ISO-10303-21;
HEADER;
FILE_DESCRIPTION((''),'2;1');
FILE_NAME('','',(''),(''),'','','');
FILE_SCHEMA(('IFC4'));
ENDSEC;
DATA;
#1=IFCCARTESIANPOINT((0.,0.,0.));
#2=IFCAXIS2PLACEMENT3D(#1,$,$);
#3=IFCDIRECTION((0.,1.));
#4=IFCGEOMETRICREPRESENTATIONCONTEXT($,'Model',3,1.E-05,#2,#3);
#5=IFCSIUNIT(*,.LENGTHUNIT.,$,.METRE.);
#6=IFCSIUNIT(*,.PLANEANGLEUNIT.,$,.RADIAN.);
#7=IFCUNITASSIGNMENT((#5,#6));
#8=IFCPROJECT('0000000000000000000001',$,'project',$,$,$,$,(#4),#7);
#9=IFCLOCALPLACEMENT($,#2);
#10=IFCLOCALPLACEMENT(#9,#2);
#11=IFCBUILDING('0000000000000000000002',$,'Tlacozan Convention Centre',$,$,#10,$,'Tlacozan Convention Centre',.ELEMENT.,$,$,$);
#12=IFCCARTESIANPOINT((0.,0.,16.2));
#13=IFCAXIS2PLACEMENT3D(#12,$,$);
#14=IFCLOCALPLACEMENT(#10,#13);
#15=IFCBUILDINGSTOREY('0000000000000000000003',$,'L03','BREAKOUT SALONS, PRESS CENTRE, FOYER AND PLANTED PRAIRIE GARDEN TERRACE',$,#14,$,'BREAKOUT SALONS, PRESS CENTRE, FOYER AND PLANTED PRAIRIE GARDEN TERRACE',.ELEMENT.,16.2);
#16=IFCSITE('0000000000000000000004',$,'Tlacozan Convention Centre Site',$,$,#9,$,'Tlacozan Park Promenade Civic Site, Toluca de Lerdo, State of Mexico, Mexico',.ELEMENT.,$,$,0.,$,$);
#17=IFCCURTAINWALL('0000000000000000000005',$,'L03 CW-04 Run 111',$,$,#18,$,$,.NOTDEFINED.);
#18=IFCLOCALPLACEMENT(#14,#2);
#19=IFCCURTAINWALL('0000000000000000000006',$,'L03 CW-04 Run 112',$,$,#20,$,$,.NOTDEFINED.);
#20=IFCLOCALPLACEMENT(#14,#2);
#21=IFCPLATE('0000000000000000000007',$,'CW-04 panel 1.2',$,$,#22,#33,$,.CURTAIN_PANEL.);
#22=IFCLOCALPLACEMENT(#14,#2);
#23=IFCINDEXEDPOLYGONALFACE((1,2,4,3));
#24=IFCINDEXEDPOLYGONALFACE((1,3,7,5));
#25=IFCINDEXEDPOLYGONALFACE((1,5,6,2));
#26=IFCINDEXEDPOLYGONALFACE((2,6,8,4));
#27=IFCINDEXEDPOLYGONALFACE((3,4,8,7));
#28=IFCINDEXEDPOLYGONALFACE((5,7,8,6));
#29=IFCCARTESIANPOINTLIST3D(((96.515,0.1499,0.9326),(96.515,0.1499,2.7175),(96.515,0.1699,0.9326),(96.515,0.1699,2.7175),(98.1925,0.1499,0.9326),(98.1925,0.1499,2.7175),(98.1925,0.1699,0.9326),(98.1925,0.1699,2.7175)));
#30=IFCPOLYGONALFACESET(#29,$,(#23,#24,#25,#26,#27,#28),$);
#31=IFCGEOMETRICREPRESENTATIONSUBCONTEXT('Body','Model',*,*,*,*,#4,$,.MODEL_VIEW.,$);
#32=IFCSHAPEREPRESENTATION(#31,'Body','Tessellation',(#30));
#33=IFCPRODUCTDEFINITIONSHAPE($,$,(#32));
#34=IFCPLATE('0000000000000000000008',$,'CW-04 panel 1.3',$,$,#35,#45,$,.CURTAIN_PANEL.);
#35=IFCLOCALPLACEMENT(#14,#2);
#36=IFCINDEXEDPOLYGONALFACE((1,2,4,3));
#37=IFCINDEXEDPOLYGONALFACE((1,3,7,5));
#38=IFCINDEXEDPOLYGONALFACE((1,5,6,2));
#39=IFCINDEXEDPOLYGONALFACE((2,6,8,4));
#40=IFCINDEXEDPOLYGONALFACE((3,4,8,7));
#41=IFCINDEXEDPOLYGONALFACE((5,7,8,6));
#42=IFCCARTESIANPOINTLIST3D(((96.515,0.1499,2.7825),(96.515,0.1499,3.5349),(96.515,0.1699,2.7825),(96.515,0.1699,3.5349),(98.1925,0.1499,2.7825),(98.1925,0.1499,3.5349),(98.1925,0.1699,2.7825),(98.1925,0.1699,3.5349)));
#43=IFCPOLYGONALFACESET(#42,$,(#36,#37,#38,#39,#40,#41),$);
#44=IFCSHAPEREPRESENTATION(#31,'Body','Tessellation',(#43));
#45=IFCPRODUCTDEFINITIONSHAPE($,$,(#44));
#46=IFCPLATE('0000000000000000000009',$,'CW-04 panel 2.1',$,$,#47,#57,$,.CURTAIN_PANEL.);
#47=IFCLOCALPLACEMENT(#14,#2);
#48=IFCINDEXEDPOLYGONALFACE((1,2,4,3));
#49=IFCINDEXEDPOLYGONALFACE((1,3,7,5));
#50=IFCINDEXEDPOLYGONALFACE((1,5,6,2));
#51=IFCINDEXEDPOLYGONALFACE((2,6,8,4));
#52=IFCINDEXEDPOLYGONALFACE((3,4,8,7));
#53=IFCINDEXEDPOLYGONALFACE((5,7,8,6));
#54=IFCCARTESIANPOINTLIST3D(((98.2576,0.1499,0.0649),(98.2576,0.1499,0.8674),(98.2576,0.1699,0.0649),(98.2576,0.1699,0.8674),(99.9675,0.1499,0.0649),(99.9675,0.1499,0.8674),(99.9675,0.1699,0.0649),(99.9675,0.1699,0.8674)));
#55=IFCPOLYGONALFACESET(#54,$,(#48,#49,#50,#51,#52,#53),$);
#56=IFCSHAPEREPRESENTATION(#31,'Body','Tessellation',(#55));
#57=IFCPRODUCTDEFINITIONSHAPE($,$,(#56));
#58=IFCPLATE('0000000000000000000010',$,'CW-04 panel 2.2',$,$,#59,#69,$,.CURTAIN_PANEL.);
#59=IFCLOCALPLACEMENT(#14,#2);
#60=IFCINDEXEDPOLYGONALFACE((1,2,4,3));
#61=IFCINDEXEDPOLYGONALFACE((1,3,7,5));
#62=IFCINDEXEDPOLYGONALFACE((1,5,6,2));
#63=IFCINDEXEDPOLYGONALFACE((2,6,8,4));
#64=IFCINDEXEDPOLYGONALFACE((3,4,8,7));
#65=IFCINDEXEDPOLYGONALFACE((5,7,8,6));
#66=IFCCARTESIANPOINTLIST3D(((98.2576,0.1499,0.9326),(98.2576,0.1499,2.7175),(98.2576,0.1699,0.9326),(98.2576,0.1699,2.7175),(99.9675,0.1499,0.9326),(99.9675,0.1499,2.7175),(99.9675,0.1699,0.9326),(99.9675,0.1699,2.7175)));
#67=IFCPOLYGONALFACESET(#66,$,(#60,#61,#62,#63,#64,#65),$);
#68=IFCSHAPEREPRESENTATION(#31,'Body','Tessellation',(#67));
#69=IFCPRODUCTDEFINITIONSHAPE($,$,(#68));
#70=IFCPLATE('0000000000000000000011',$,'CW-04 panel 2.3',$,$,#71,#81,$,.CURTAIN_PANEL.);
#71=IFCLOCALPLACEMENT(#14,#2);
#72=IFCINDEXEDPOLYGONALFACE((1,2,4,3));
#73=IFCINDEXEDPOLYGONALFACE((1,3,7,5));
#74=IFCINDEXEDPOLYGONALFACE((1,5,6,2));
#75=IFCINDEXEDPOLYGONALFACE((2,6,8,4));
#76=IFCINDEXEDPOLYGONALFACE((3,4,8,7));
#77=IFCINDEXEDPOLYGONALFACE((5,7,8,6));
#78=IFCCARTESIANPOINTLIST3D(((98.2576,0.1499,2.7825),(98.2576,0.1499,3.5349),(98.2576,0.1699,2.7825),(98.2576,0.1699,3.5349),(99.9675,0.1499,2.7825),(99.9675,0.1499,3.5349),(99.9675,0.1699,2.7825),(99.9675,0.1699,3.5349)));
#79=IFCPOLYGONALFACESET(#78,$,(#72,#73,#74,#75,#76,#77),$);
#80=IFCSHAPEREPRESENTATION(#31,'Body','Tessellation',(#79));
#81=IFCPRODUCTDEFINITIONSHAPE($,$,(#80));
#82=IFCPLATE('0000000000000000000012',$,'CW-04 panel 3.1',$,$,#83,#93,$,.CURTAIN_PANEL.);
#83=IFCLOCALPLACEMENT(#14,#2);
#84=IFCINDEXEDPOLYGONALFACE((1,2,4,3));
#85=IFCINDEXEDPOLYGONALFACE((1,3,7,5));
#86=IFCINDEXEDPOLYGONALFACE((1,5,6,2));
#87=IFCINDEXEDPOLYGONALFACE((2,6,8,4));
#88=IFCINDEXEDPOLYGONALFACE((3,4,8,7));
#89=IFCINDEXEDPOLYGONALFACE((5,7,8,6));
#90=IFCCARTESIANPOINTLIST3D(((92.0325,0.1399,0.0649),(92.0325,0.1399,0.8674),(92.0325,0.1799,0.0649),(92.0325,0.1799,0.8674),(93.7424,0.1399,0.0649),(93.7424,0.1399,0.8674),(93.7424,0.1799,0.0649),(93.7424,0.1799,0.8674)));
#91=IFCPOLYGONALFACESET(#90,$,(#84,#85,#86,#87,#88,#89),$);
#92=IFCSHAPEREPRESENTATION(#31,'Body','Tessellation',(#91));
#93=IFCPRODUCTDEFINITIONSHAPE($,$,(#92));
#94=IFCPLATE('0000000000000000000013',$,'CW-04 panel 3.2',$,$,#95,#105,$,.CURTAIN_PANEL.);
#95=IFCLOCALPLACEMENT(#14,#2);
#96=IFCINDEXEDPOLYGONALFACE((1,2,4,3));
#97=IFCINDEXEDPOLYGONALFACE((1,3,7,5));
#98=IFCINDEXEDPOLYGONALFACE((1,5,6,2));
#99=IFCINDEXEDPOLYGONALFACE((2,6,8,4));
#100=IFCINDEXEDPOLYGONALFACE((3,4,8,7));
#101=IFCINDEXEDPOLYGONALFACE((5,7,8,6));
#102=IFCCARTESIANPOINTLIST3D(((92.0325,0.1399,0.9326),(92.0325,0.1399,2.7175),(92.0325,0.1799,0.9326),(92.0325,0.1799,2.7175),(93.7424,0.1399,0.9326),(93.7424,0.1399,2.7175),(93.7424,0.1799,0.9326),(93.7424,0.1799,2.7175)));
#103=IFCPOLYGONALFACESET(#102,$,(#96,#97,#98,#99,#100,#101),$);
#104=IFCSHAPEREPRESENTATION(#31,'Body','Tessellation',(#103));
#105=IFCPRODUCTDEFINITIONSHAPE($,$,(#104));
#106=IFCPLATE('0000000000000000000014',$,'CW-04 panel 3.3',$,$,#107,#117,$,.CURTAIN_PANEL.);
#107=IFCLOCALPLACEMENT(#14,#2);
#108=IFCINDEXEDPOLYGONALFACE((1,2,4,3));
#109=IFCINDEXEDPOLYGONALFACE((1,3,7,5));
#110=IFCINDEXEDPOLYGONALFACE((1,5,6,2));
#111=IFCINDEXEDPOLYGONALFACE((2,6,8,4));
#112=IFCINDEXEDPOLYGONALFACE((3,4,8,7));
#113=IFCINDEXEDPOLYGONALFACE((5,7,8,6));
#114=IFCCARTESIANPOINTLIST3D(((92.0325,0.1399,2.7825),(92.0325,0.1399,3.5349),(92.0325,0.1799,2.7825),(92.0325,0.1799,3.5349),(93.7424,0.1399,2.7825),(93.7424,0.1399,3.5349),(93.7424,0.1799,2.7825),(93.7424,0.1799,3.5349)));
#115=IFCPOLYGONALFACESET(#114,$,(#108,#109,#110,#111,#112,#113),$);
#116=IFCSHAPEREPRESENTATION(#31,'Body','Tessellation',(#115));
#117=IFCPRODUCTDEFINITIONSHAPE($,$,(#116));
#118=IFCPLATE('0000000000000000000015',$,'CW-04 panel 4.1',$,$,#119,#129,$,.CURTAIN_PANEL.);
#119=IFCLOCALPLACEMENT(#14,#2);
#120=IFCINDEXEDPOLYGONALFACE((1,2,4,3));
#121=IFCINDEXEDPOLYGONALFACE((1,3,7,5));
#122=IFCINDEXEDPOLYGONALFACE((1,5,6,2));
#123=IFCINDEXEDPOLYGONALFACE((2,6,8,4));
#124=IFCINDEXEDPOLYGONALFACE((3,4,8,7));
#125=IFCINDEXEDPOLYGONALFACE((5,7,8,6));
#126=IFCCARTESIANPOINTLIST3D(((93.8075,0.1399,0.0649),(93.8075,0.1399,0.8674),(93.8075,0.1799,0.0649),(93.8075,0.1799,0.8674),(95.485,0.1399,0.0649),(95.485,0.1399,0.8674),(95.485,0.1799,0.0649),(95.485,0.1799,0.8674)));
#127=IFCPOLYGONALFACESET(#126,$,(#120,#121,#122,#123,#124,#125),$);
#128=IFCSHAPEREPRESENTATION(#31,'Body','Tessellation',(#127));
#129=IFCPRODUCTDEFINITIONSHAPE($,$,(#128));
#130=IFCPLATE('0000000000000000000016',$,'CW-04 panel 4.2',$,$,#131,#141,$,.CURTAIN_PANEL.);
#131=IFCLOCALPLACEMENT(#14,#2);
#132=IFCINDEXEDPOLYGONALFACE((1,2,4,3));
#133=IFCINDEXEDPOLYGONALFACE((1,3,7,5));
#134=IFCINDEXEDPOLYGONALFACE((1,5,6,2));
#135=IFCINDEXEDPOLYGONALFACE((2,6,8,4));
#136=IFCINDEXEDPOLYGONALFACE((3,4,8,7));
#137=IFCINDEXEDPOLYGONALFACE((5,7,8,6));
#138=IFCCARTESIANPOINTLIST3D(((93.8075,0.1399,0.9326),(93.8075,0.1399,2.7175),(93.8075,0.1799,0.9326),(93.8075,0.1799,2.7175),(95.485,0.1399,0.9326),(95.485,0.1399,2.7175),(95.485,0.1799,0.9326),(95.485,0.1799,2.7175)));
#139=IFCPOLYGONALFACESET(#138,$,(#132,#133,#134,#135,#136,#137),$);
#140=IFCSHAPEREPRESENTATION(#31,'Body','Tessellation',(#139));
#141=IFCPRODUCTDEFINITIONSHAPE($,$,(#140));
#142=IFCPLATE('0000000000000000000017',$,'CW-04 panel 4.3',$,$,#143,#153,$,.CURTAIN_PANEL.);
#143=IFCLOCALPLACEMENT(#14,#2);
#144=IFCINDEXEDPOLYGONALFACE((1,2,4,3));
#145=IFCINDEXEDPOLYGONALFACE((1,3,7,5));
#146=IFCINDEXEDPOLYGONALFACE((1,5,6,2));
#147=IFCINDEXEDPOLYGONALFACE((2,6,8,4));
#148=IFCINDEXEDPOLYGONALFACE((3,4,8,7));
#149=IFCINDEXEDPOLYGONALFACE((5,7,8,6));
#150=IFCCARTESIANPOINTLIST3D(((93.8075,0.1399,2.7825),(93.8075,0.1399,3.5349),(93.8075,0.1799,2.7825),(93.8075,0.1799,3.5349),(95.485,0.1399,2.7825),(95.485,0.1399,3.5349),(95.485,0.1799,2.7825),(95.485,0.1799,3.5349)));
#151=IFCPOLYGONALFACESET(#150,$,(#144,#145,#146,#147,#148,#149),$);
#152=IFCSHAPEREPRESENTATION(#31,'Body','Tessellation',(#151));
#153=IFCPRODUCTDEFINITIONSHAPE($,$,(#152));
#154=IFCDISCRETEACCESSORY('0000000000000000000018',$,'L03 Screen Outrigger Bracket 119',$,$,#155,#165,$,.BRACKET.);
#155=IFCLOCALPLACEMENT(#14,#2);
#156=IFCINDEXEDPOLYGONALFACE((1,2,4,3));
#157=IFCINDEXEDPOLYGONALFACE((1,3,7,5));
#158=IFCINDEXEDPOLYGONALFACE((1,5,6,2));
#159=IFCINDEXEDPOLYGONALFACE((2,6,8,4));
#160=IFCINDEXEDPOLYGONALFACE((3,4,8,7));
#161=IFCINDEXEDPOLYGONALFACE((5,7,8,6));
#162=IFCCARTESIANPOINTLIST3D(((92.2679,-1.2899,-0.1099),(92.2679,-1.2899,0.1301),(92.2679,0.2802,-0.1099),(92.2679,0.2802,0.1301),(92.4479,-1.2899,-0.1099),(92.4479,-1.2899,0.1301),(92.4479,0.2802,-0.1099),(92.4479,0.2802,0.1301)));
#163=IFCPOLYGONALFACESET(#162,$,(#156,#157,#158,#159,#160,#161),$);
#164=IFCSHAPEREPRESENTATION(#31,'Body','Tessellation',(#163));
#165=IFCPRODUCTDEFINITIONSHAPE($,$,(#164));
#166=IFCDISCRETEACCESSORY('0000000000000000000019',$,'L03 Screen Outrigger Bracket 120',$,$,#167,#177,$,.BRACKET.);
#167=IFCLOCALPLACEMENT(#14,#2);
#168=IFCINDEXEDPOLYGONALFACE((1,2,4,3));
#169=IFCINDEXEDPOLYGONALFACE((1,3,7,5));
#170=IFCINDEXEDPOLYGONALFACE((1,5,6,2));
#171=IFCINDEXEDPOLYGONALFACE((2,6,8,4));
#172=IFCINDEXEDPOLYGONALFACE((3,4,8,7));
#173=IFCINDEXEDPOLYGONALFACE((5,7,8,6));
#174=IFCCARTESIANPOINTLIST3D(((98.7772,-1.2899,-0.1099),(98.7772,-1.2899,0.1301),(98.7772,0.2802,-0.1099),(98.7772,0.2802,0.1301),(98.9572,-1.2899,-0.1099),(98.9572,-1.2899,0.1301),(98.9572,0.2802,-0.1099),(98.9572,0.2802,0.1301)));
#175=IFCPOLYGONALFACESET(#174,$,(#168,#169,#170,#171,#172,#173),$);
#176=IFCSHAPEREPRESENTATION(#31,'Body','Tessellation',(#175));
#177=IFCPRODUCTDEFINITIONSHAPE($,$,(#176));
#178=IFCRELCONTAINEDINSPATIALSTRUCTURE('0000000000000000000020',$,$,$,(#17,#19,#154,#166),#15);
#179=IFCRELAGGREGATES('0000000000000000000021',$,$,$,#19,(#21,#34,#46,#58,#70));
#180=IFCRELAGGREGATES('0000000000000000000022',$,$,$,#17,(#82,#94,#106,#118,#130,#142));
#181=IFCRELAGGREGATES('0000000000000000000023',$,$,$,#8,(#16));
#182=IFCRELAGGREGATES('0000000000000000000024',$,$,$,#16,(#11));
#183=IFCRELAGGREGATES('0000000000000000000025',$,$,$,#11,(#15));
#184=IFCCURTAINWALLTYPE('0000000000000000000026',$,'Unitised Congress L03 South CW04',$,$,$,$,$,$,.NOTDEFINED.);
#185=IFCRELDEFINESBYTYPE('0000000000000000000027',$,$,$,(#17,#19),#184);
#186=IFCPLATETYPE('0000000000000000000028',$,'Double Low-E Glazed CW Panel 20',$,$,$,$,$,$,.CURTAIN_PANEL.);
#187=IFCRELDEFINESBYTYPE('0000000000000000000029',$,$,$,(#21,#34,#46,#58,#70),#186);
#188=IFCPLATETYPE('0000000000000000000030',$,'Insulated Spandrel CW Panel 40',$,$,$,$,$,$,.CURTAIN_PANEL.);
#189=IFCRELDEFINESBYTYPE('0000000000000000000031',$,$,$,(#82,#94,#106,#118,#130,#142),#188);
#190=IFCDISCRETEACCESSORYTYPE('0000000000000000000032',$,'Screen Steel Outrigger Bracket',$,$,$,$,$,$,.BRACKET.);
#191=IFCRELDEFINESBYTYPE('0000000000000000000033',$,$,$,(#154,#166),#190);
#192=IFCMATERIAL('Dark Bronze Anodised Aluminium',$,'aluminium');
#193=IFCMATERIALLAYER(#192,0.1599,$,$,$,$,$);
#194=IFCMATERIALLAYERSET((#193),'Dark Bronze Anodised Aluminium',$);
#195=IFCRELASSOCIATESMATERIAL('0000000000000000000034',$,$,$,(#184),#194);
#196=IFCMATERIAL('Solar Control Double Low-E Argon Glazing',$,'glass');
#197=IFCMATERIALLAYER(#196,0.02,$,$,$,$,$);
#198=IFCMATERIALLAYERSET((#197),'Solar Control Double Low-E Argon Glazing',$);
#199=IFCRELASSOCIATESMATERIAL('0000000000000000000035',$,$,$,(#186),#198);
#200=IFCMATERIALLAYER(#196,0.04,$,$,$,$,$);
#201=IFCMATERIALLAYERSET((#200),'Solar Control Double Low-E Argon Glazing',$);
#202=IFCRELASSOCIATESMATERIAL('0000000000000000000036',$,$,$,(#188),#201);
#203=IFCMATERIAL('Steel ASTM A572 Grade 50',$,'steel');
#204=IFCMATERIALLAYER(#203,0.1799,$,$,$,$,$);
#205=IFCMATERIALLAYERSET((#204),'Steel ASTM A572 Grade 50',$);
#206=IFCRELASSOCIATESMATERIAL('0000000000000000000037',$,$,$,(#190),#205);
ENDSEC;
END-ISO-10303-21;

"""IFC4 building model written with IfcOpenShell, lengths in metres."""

from ifc_helpers import new_model, si_unit, direction, frame, origin, origin_2d, place, context, subcontext, project, spatial, rectangle, extrude, material, layer, layer_set, type_object, element, aggregate, save


model = new_model("IFC4")

# Units and contexts
model_context = context("Model", 3, precision=1e-05, world=origin(), true_north=direction((0.0, 1.0)))
body_context = subcontext(model_context, "Body", "Model", "MODEL_VIEW")
ifc_project = project(units=[si_unit("LENGTHUNIT", "METRE"), si_unit("PLANEANGLEUNIT", "RADIAN")], contexts=[model_context])

# Site, building, storey
site_placement = place(None, origin())
site = spatial("IfcSite", under=ifc_project, at=site_placement, Name="Tlacozan Convention Centre Site", LongName="Tlacozan Park Promenade Civic Site, Toluca de Lerdo, State of Mexico, Mexico", CompositionType="ELEMENT", RefElevation=0.0)
building_placement = place(site_placement, origin())
building = spatial("IfcBuilding", under=site, at=building_placement, Name="Tlacozan Convention Centre", LongName="Tlacozan Convention Centre", CompositionType="ELEMENT")
storey_placement = place(building_placement, frame((0.0, 0.0, 16.2)))
storey = spatial("IfcBuildingStorey", under=building, at=storey_placement, Name="L03", Description="BREAKOUT SALONS, PRESS CENTRE, FOYER AND PLANTED PRAIRIE GARDEN TERRACE", LongName="BREAKOUT SALONS, PRESS CENTRE, FOYER AND PLANTED PRAIRIE GARDEN TERRACE", CompositionType="ELEMENT", Elevation=16.2)

# Curtain walls
ifc_material_1 = material(Name="Dark Bronze Anodised Aluminium", Category="aluminium")
ifc_layer_1 = layer(ifc_material_1, 0.1599)
ifc_layer_set_1 = layer_set([ifc_layer_1], Name="Dark Bronze Anodised Aluminium")
curtain_wall_type = type_object("IfcCurtainWallType", Name="Unitised Congress L03 South CW04", PredefinedType="NOTDEFINED", material=ifc_layer_set_1)
curtain_wall_1_placement = place(storey_placement, origin())
curtain_wall_1 = element("IfcCurtainWall", 1, at=curtain_wall_1_placement, inside=storey, type_object=curtain_wall_type, Name="L03 CW-04 Run 111", PredefinedType="NOTDEFINED")
curtain_wall_2_placement = place(storey_placement, origin())
curtain_wall_2 = element("IfcCurtainWall", 2, at=curtain_wall_2_placement, inside=storey, type_object=curtain_wall_type, Name="L03 CW-04 Run 112", PredefinedType="NOTDEFINED")

# Plates
ifc_material_2 = material(Name="Solar Control Double Low-E Argon Glazing", Category="glass")
ifc_layer_2 = layer(ifc_material_2, 0.02)
ifc_layer_set_2 = layer_set([ifc_layer_2], Name="Solar Control Double Low-E Argon Glazing")
plate_type_1 = type_object("IfcPlateType", Name="Double Low-E Glazed CW Panel 20", PredefinedType="CURTAIN_PANEL", material=ifc_layer_set_2)
plate_1_placement = place(storey_placement, frame((97.3538, 0.1599, 0.9326), z_axis=(0.0, 0.0, 1.0), x_axis=(1.0, 0.0, 0.0)))
plate_1 = element("IfcPlate", 3, at=plate_1_placement, type_object=plate_type_1, Name="CW-04 panel 1.2", PredefinedType="CURTAIN_PANEL", context=body_context, shape_type="SweptSolid", body=[
    extrude(rectangle(XDim=1.6775, YDim=0.02, at=origin_2d()), origin(), (0.0, 0.0, 1.0), 1.7849),
])
plate_2_placement = place(storey_placement, frame((97.3538, 0.1599, 2.7825), z_axis=(0.0, 0.0, 1.0), x_axis=(1.0, 0.0, 0.0)))
plate_2 = element("IfcPlate", 4, at=plate_2_placement, type_object=plate_type_1, Name="CW-04 panel 1.3", PredefinedType="CURTAIN_PANEL", context=body_context, shape_type="SweptSolid", body=[
    extrude(rectangle(XDim=1.6775, YDim=0.02, at=origin_2d()), origin(), (0.0, 0.0, 1.0), 0.7524),
])
plate_3_placement = place(storey_placement, frame((99.1125, 0.1599, 0.0649), z_axis=(0.0, 0.0, 1.0), x_axis=(1.0, 0.0, 0.0)))
plate_3 = element("IfcPlate", 5, at=plate_3_placement, type_object=plate_type_1, Name="CW-04 panel 2.1", PredefinedType="CURTAIN_PANEL", context=body_context, shape_type="SweptSolid", body=[
    extrude(rectangle(XDim=1.71, YDim=0.02, at=origin_2d()), origin(), (0.0, 0.0, 1.0), 0.8025),
])
plate_4_placement = place(storey_placement, frame((99.1125, 0.1599, 0.9326), z_axis=(0.0, 0.0, 1.0), x_axis=(1.0, 0.0, 0.0)))
plate_4 = element("IfcPlate", 6, at=plate_4_placement, type_object=plate_type_1, Name="CW-04 panel 2.2", PredefinedType="CURTAIN_PANEL", context=body_context, shape_type="SweptSolid", body=[
    extrude(rectangle(XDim=1.71, YDim=0.02, at=origin_2d()), origin(), (0.0, 0.0, 1.0), 1.7849),
])
plate_5_placement = place(storey_placement, frame((99.1125, 0.1599, 2.7825), z_axis=(0.0, 0.0, 1.0), x_axis=(1.0, 0.0, 0.0)))
plate_5 = element("IfcPlate", 7, at=plate_5_placement, type_object=plate_type_1, Name="CW-04 panel 2.3", PredefinedType="CURTAIN_PANEL", context=body_context, shape_type="SweptSolid", body=[
    extrude(rectangle(XDim=1.71, YDim=0.02, at=origin_2d()), origin(), (0.0, 0.0, 1.0), 0.7524),
])
aggregate(curtain_wall_2, [plate_1, plate_2, plate_3, plate_4, plate_5])
ifc_layer_3 = layer(ifc_material_2, 0.04)
ifc_layer_set_3 = layer_set([ifc_layer_3], Name="Solar Control Double Low-E Argon Glazing")
plate_type_2 = type_object("IfcPlateType", Name="Insulated Spandrel CW Panel 40", PredefinedType="CURTAIN_PANEL", material=ifc_layer_set_3)
plate_6_placement = place(storey_placement, frame((92.8875, 0.1599, 0.0649), z_axis=(0.0, 0.0, 1.0), x_axis=(1.0, 0.0, 0.0)))
plate_6 = element("IfcPlate", 8, at=plate_6_placement, type_object=plate_type_2, Name="CW-04 panel 3.1", PredefinedType="CURTAIN_PANEL", context=body_context, shape_type="SweptSolid", body=[
    extrude(rectangle(XDim=1.71, YDim=0.04, at=origin_2d()), origin(), (0.0, 0.0, 1.0), 0.8025),
])
plate_7_placement = place(storey_placement, frame((92.8875, 0.1599, 0.9326), z_axis=(0.0, 0.0, 1.0), x_axis=(1.0, 0.0, 0.0)))
plate_7 = element("IfcPlate", 9, at=plate_7_placement, type_object=plate_type_2, Name="CW-04 panel 3.2", PredefinedType="CURTAIN_PANEL", context=body_context, shape_type="SweptSolid", body=[
    extrude(rectangle(XDim=1.71, YDim=0.04, at=origin_2d()), origin(), (0.0, 0.0, 1.0), 1.7849),
])
plate_8_placement = place(storey_placement, frame((92.8875, 0.1599, 2.7825), z_axis=(0.0, 0.0, 1.0), x_axis=(1.0, 0.0, 0.0)))
plate_8 = element("IfcPlate", 10, at=plate_8_placement, type_object=plate_type_2, Name="CW-04 panel 3.3", PredefinedType="CURTAIN_PANEL", context=body_context, shape_type="SweptSolid", body=[
    extrude(rectangle(XDim=1.71, YDim=0.04, at=origin_2d()), origin(), (0.0, 0.0, 1.0), 0.7524),
])
plate_9_placement = place(storey_placement, frame((94.6462, 0.1599, 0.0649), z_axis=(0.0, 0.0, 1.0), x_axis=(1.0, 0.0, 0.0)))
plate_9 = element("IfcPlate", 11, at=plate_9_placement, type_object=plate_type_2, Name="CW-04 panel 4.1", PredefinedType="CURTAIN_PANEL", context=body_context, shape_type="SweptSolid", body=[
    extrude(rectangle(XDim=1.6775, YDim=0.04, at=origin_2d()), origin(), (0.0, 0.0, 1.0), 0.8025),
])
plate_10_placement = place(storey_placement, frame((94.6462, 0.1599, 0.9326), z_axis=(0.0, 0.0, 1.0), x_axis=(1.0, 0.0, 0.0)))
plate_10 = element("IfcPlate", 12, at=plate_10_placement, type_object=plate_type_2, Name="CW-04 panel 4.2", PredefinedType="CURTAIN_PANEL", context=body_context, shape_type="SweptSolid", body=[
    extrude(rectangle(XDim=1.6775, YDim=0.04, at=origin_2d()), origin(), (0.0, 0.0, 1.0), 1.7849),
])
plate_11_placement = place(storey_placement, frame((94.6462, 0.1599, 2.7825), z_axis=(0.0, 0.0, 1.0), x_axis=(1.0, 0.0, 0.0)))
plate_11 = element("IfcPlate", 13, at=plate_11_placement, type_object=plate_type_2, Name="CW-04 panel 4.3", PredefinedType="CURTAIN_PANEL", context=body_context, shape_type="SweptSolid", body=[
    extrude(rectangle(XDim=1.6775, YDim=0.04, at=origin_2d()), origin(), (0.0, 0.0, 1.0), 0.7524),
])
aggregate(curtain_wall_1, [plate_6, plate_7, plate_8, plate_9, plate_10, plate_11])

# Discrete accessories
ifc_material_3 = material(Name="Steel ASTM A572 Grade 50", Category="steel")
ifc_layer_4 = layer(ifc_material_3, 0.1799)
ifc_layer_set_4 = layer_set([ifc_layer_4], Name="Steel ASTM A572 Grade 50")
discrete_accessory_type = type_object("IfcDiscreteAccessoryType", Name="Screen Steel Outrigger Bracket", PredefinedType="BRACKET", material=ifc_layer_set_4)
for number, where, z_axis, x_axis, name in (
    (14, (92.3579, -0.5049, -0.1099), (0.0, 0.0, 1.0), (0.0, 1.0, 0.0), "L03 Screen Outrigger Bracket 119"),
    (15, (98.8672, -0.5049, -0.1099), (0.0, 0.0, 1.0), (0.0, 1.0, 0.0), "L03 Screen Outrigger Bracket 120"),
):
    element("IfcDiscreteAccessory", number, at=place(storey_placement, frame(where, z_axis=z_axis, x_axis=x_axis)), inside=storey, type_object=discrete_accessory_type, Name=name, PredefinedType="BRACKET", context=body_context, shape_type="SweptSolid", body=[
        extrude(rectangle(XDim=1.5701, YDim=0.1799, at=origin_2d()), origin(), (0.0, 0.0, 1.0), 0.24),
    ])

save(model, "model.ifc")
